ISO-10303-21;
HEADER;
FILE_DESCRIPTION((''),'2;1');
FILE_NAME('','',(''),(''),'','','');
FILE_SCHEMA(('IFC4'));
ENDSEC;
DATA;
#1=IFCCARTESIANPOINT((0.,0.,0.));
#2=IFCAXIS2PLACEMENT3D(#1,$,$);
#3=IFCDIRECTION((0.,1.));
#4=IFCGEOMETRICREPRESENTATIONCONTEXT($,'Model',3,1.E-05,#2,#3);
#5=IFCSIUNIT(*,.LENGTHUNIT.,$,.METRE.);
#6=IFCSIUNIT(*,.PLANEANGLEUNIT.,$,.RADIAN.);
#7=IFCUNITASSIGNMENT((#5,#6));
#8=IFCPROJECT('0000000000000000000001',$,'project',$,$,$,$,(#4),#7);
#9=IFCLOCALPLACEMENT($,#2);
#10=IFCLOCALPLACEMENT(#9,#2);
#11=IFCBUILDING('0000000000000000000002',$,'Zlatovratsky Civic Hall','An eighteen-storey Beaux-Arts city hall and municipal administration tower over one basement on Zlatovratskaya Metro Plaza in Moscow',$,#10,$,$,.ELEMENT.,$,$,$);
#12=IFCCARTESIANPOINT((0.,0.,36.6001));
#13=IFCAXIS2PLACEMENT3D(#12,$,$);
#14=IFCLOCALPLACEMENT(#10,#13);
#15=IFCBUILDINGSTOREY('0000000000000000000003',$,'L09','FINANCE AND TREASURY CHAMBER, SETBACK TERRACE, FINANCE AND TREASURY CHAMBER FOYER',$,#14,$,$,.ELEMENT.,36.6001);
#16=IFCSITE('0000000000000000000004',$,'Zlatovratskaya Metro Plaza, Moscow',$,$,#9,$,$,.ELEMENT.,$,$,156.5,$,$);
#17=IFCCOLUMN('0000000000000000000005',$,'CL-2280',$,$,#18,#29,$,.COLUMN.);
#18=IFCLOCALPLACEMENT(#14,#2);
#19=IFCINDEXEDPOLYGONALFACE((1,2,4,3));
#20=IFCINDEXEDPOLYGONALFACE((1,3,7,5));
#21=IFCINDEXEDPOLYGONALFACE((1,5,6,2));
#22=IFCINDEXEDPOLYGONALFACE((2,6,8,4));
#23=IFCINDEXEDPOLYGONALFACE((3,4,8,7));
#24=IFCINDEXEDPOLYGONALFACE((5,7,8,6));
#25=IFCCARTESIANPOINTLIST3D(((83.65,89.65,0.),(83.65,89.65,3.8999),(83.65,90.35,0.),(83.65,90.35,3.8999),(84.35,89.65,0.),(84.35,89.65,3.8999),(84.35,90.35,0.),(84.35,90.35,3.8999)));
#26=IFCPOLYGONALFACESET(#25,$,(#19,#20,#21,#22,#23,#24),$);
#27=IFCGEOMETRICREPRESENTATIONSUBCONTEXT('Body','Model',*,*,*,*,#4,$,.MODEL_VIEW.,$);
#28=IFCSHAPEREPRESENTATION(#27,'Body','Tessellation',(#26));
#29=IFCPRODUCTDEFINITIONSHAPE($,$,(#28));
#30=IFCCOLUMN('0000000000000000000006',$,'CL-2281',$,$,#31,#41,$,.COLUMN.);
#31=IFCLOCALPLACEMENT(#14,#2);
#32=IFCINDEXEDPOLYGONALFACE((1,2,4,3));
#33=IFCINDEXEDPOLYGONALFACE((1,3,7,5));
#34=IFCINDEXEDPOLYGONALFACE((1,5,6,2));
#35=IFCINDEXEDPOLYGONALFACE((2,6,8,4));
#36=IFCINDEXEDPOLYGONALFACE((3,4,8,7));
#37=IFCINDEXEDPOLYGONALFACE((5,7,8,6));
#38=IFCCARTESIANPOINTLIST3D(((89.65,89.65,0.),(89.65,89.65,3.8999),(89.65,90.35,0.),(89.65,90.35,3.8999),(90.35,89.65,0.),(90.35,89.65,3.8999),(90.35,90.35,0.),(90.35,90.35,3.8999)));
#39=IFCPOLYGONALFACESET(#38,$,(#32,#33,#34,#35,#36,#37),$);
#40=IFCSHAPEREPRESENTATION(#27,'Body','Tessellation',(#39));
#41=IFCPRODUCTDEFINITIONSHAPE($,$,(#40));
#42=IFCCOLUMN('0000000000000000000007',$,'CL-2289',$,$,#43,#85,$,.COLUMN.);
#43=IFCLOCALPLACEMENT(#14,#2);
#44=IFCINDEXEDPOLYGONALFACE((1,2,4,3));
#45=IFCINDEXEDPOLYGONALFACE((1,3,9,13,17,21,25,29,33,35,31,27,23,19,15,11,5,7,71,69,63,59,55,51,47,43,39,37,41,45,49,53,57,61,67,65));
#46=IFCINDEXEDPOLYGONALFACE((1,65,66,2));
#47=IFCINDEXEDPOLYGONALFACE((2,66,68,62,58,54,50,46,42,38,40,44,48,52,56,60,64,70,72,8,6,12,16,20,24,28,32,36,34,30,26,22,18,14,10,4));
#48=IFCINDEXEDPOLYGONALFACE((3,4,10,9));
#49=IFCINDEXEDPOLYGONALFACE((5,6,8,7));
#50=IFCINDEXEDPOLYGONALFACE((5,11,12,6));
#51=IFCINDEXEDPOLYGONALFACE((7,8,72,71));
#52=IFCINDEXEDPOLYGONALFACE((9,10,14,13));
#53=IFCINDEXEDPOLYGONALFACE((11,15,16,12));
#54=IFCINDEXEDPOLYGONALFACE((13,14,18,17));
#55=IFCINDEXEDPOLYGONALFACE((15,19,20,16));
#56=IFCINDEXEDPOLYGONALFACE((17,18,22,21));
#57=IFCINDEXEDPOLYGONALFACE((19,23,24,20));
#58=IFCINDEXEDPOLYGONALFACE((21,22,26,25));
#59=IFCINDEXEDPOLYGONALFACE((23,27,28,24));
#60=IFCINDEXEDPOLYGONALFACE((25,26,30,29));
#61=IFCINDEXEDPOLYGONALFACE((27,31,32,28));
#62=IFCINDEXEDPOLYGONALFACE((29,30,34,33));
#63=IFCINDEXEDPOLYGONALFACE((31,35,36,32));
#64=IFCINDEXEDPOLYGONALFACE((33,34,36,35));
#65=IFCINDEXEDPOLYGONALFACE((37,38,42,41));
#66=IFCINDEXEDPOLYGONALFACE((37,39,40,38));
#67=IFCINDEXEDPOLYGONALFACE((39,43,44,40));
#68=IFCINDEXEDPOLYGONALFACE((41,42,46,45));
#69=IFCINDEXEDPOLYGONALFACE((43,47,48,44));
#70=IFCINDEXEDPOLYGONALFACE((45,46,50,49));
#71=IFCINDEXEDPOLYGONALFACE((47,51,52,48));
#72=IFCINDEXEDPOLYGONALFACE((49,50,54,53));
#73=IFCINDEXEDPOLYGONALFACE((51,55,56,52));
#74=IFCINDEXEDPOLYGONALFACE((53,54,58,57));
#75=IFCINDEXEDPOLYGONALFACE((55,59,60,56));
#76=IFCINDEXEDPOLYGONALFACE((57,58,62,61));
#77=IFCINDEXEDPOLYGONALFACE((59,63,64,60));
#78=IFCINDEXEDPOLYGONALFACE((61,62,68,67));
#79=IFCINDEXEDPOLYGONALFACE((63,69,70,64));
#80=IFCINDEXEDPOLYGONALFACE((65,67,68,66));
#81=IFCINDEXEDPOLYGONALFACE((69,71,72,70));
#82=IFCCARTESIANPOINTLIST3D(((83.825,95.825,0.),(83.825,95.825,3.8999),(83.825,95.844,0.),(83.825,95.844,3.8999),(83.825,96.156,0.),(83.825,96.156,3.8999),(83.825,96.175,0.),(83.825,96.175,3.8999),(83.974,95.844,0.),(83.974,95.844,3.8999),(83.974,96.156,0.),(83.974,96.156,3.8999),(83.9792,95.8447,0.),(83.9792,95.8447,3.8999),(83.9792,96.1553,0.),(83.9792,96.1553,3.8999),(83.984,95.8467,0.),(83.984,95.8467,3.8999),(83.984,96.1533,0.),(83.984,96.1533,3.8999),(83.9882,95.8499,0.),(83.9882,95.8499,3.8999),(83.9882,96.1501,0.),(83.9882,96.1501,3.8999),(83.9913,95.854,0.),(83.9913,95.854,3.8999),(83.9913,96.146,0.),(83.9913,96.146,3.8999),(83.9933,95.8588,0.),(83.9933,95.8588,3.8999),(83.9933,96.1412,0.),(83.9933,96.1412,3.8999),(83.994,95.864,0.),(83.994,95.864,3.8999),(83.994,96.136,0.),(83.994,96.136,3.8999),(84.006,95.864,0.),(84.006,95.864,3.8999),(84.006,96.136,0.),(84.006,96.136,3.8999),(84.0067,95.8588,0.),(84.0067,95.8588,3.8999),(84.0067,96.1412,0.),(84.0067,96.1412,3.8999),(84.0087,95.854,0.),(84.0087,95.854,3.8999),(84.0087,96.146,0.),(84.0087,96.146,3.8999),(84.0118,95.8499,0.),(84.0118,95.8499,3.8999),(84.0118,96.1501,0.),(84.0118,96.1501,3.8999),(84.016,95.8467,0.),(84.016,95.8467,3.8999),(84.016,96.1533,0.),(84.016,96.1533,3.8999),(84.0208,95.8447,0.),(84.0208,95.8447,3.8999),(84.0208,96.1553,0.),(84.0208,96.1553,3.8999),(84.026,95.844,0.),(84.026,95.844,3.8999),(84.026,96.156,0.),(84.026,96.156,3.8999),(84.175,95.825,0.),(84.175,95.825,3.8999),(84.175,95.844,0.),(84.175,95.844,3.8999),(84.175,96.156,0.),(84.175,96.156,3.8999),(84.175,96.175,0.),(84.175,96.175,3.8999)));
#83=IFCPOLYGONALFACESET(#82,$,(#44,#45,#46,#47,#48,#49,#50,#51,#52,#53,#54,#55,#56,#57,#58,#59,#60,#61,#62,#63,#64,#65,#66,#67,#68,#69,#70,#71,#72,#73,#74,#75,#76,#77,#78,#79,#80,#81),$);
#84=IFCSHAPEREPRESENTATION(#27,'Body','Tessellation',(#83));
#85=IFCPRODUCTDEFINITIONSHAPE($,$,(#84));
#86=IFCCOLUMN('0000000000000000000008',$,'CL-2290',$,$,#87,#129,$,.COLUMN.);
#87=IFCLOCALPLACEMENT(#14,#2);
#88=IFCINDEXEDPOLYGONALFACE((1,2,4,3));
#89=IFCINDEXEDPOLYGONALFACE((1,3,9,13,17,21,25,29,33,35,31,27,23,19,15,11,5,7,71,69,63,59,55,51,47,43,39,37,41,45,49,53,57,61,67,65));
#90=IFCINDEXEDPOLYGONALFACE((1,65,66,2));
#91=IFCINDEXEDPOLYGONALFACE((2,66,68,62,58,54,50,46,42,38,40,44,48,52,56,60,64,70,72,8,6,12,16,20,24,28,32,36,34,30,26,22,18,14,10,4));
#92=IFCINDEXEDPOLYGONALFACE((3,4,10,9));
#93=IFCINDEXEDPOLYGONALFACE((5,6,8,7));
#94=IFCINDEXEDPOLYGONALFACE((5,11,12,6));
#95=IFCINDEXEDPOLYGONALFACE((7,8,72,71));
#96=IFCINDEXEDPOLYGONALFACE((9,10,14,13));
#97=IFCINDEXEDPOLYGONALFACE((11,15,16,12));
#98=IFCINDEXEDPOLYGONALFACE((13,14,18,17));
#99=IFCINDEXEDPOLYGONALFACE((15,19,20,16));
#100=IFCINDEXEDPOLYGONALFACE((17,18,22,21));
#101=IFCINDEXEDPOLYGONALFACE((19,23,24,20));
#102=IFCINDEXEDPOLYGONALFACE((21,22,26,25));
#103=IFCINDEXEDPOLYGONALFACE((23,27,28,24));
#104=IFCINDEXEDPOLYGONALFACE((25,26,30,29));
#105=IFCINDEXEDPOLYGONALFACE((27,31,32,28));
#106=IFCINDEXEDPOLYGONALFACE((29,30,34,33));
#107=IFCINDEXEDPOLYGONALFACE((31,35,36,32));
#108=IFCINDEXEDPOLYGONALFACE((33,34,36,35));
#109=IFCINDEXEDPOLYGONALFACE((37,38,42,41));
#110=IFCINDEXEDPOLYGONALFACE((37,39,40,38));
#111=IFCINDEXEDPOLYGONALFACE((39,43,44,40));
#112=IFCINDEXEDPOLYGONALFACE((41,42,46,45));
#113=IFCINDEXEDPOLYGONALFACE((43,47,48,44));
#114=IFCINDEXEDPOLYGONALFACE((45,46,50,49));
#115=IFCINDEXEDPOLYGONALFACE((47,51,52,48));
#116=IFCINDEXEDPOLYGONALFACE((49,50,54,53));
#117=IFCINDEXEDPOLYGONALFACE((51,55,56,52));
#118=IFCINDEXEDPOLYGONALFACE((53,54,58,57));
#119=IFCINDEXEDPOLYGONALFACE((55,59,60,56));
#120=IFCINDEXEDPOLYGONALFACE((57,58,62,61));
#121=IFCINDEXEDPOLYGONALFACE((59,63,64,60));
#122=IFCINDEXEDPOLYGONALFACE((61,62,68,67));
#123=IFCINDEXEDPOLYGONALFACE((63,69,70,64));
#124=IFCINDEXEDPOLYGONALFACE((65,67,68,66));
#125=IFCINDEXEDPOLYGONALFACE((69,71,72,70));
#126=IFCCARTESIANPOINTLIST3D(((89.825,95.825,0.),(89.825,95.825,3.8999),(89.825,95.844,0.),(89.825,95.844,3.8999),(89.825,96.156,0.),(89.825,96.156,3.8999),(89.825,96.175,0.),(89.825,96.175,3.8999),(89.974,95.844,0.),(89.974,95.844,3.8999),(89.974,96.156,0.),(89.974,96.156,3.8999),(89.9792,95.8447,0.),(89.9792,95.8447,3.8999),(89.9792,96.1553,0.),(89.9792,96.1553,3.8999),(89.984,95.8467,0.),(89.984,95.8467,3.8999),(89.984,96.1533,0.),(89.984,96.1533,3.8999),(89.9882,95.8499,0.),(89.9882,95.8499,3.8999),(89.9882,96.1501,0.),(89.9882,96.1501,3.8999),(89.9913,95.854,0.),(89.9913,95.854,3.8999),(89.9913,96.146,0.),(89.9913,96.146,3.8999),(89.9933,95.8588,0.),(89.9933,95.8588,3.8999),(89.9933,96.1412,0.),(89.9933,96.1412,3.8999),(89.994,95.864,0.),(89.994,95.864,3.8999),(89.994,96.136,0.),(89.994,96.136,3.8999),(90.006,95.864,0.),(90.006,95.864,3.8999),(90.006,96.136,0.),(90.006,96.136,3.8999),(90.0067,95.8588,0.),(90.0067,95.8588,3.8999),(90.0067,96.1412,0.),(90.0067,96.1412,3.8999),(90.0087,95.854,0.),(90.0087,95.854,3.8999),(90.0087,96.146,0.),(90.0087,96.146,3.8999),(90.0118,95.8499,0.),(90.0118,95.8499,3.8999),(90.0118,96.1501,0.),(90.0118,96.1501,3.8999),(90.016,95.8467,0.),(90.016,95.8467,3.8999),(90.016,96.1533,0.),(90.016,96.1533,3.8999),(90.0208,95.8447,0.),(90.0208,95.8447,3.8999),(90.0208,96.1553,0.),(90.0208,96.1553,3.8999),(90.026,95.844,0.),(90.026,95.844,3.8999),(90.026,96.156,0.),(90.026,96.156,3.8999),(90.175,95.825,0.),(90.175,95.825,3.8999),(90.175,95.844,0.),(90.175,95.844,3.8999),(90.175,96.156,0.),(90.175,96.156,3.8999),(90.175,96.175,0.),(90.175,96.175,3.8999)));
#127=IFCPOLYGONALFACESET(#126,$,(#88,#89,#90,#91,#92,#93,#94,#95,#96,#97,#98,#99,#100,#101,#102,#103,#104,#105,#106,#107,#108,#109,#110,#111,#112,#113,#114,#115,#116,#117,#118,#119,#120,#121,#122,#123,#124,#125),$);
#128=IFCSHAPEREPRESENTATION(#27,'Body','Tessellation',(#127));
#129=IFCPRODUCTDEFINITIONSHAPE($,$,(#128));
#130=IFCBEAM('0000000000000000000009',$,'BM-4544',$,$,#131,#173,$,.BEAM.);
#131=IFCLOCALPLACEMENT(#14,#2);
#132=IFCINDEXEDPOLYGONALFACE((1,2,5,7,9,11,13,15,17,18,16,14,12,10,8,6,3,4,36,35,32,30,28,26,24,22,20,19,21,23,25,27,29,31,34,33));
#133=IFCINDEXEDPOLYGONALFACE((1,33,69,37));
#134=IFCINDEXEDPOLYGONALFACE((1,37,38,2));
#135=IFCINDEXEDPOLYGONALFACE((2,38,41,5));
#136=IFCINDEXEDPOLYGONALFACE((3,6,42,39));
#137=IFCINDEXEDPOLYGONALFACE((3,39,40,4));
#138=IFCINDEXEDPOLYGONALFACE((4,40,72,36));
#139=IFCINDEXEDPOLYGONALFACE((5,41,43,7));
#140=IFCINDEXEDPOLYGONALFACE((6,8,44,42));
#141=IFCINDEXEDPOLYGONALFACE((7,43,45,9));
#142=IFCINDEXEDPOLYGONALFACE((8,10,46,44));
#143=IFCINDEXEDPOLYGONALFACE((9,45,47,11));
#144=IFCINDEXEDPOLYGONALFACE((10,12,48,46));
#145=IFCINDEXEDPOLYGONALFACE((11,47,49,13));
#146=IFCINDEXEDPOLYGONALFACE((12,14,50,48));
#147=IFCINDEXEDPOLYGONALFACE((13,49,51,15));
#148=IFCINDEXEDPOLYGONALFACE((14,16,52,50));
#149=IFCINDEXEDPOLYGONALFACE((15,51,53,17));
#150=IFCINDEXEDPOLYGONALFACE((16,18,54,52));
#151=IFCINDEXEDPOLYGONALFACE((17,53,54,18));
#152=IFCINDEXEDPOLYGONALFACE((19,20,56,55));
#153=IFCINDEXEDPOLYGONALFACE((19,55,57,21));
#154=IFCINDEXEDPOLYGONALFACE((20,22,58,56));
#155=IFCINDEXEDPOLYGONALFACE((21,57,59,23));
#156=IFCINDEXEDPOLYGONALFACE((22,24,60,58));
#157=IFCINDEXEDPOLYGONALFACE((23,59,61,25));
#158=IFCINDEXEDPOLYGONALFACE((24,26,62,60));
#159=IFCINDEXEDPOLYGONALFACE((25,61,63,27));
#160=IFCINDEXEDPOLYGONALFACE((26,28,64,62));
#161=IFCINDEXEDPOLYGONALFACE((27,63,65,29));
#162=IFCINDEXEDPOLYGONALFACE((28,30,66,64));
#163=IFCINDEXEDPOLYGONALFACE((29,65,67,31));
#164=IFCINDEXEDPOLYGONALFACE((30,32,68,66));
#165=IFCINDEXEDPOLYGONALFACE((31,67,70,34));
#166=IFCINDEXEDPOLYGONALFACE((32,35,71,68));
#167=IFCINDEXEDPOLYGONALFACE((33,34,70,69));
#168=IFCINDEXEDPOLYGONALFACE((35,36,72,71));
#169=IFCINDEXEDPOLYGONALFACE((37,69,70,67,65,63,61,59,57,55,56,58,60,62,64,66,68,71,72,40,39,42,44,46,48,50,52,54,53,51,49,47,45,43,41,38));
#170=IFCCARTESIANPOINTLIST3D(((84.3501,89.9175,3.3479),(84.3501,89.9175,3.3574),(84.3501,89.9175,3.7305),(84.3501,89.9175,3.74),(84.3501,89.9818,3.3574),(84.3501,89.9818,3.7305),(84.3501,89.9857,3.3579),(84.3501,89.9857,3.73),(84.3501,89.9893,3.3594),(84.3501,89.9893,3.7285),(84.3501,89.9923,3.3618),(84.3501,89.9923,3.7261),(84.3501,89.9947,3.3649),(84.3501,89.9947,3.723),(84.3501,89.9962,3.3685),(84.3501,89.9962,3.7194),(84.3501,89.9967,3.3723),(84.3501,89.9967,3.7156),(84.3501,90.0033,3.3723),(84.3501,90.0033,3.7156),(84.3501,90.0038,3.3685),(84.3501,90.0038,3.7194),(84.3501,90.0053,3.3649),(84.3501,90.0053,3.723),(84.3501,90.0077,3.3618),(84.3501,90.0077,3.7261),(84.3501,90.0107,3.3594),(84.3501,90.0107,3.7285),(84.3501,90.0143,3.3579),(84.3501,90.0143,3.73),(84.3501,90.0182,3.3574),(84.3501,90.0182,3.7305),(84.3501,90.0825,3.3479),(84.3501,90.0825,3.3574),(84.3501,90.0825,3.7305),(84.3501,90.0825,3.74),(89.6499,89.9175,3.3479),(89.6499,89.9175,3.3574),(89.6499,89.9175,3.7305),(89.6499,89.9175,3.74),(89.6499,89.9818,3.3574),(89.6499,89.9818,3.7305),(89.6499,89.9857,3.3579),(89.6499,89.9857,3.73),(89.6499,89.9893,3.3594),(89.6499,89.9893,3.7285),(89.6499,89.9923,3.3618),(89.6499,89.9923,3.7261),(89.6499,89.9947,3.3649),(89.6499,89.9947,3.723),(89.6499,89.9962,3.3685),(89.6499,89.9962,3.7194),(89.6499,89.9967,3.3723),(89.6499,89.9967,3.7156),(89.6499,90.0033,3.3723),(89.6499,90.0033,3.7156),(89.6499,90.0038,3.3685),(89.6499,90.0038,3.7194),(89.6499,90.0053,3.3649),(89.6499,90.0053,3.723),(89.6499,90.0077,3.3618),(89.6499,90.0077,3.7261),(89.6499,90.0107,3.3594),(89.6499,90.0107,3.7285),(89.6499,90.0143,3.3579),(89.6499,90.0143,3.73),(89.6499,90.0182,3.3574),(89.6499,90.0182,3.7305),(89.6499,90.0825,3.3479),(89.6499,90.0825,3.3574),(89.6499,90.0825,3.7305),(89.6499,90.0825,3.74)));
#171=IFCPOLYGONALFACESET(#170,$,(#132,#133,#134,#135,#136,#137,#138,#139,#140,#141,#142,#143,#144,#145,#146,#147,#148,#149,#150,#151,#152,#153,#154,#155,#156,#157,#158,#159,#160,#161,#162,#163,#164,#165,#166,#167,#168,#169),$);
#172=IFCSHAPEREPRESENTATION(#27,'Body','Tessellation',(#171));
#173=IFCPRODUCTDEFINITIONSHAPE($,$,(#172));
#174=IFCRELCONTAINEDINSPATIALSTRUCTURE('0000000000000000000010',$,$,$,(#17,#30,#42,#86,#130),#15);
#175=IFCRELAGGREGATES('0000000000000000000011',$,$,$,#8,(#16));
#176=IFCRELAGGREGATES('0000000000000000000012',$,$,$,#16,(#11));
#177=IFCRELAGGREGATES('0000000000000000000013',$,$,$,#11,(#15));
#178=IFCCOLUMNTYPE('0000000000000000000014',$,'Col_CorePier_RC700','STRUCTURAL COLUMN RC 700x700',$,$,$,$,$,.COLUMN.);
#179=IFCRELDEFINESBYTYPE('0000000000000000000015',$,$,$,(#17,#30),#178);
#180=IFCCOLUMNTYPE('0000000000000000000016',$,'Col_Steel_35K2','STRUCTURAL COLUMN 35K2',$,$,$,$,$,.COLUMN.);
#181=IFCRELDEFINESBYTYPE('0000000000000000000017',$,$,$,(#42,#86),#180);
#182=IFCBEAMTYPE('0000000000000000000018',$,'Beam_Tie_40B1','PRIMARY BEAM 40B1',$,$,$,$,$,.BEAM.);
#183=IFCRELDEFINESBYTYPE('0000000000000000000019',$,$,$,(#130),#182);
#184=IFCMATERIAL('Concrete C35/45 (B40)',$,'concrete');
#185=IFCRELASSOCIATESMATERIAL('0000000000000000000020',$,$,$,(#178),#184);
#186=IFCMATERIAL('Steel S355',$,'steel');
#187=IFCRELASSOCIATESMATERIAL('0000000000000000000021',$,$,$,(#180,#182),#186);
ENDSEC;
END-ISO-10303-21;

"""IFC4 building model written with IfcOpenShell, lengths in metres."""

from ifc_helpers import new_model, si_unit, direction, frame, origin, origin_2d, place, context, subcontext, project, spatial, rectangle, i_section, extrude, material, material_profile, profile_set, type_object, element, save


model = new_model("IFC4")

# Units and contexts
model_context = context("Model", 3, precision=1e-05, world=origin(), true_north=direction((0.0, 1.0)))
body_context = subcontext(model_context, "Body", "Model", "MODEL_VIEW")
ifc_project = project(units=[si_unit("LENGTHUNIT", "METRE"), si_unit("PLANEANGLEUNIT", "RADIAN")], contexts=[model_context])

# Site, building, storey
site_placement = place(None, origin())
site = spatial("IfcSite", under=ifc_project, at=site_placement, Name="Zlatovratskaya Metro Plaza, Moscow", CompositionType="ELEMENT", RefElevation=156.5)
building_placement = place(site_placement, origin())
building = spatial("IfcBuilding", under=site, at=building_placement, Name="Zlatovratsky Civic Hall", Description="An eighteen-storey Beaux-Arts city hall and municipal administration tower over one basement on Zlatovratskaya Metro Plaza in Moscow", CompositionType="ELEMENT")
storey_placement = place(building_placement, frame((0.0, 0.0, 36.6001)))
storey = spatial("IfcBuildingStorey", under=building, at=storey_placement, Name="L09", Description="FINANCE AND TREASURY CHAMBER, SETBACK TERRACE, FINANCE AND TREASURY CHAMBER FOYER", CompositionType="ELEMENT", Elevation=36.6001)

# Columns
ifc_material_1 = material(Name="Concrete C35/45 (B40)", Category="concrete")
ifc_material_profile_1 = material_profile(ifc_material_1, rectangle(XDim=0.7, YDim=0.7, at=origin_2d()), Name="RC 700x700")
ifc_profile_set_1 = profile_set([ifc_material_profile_1], Name="Concrete C35/45 (B40)")
column_type_1 = type_object("IfcColumnType", Name="Col_CorePier_RC700", Description="STRUCTURAL COLUMN RC 700x700", PredefinedType="COLUMN", material=ifc_profile_set_1)
for number, where, z_axis, x_axis, name in (
    (1, (84.0, 90.0, 0.0), (0.0, 0.0, 1.0), (1.0, 0.0, 0.0), "CL-2280"),
    (2, (90.0, 90.0, 0.0), (0.0, 0.0, 1.0), (1.0, 0.0, 0.0), "CL-2281"),
):
    element("IfcColumn", number, at=place(storey_placement, frame(where, z_axis=z_axis, x_axis=x_axis)), inside=storey, type_object=column_type_1, Name=name, PredefinedType="COLUMN", context=body_context, shape_type="SweptSolid", body=[
        extrude(rectangle(XDim=0.7, YDim=0.7, at=origin_2d()), origin(), (0.0, 0.0, 1.0), 3.8999),
    ])
ifc_material_2 = material(Name="Steel S355", Category="steel")
ifc_material_profile_2 = material_profile(ifc_material_2, i_section(OverallWidth=0.3501, OverallDepth=0.3501, WebThickness=0.012, FlangeThickness=0.019, FilletRadius=0.02, at=origin_2d()), Name="35K2")
ifc_profile_set_2 = profile_set([ifc_material_profile_2], Name="Steel S355")
column_type_2 = type_object("IfcColumnType", Name="Col_Steel_35K2", Description="STRUCTURAL COLUMN 35K2", PredefinedType="COLUMN", material=ifc_profile_set_2)
for number, where, z_axis, x_axis, name in (
    (3, (84.0, 96.0, 0.0), (0.0, 0.0, 1.0), (1.0, 0.0, 0.0), "CL-2289"),
    (4, (90.0, 96.0, 0.0), (0.0, 0.0, 1.0), (1.0, 0.0, 0.0), "CL-2290"),
):
    element("IfcColumn", number, at=place(storey_placement, frame(where, z_axis=z_axis, x_axis=x_axis)), inside=storey, type_object=column_type_2, Name=name, PredefinedType="COLUMN", context=body_context, shape_type="SweptSolid", body=[
        extrude(i_section(OverallWidth=0.3501, OverallDepth=0.3501, WebThickness=0.012, FlangeThickness=0.019, FilletRadius=0.02, at=origin_2d()), origin(), (0.0, 0.0, 1.0), 3.8999),
    ])

# Beam
ifc_material_profile_3 = material_profile(ifc_material_2, i_section(OverallWidth=0.165, OverallDepth=0.3921, WebThickness=0.0066, FlangeThickness=0.0095, FilletRadius=0.0149, at=origin_2d()), Name="40B1")
ifc_profile_set_3 = profile_set([ifc_material_profile_3], Name="Steel S355")
beam_type_1 = type_object("IfcBeamType", Name="Beam_Tie_40B1", Description="PRIMARY BEAM 40B1", PredefinedType="BEAM", material=ifc_profile_set_3)
beam_1_placement = place(storey_placement, frame((84.3501, 90.0, 3.5439), z_axis=(1.0, 0.0, 0.0), x_axis=(0.0, 1.0, 0.0)))
element("IfcBeam", 5, at=beam_1_placement, inside=storey, type_object=beam_type_1, Name="BM-4544", PredefinedType="BEAM", context=body_context, shape_type="SweptSolid", body=[
    extrude(i_section(OverallWidth=0.165, OverallDepth=0.3921, WebThickness=0.0066, FlangeThickness=0.0095, FilletRadius=0.0149, at=origin_2d()), origin(), (0.0, 0.0, 1.0), 5.2998),
])

save(model, "model.ifc")
